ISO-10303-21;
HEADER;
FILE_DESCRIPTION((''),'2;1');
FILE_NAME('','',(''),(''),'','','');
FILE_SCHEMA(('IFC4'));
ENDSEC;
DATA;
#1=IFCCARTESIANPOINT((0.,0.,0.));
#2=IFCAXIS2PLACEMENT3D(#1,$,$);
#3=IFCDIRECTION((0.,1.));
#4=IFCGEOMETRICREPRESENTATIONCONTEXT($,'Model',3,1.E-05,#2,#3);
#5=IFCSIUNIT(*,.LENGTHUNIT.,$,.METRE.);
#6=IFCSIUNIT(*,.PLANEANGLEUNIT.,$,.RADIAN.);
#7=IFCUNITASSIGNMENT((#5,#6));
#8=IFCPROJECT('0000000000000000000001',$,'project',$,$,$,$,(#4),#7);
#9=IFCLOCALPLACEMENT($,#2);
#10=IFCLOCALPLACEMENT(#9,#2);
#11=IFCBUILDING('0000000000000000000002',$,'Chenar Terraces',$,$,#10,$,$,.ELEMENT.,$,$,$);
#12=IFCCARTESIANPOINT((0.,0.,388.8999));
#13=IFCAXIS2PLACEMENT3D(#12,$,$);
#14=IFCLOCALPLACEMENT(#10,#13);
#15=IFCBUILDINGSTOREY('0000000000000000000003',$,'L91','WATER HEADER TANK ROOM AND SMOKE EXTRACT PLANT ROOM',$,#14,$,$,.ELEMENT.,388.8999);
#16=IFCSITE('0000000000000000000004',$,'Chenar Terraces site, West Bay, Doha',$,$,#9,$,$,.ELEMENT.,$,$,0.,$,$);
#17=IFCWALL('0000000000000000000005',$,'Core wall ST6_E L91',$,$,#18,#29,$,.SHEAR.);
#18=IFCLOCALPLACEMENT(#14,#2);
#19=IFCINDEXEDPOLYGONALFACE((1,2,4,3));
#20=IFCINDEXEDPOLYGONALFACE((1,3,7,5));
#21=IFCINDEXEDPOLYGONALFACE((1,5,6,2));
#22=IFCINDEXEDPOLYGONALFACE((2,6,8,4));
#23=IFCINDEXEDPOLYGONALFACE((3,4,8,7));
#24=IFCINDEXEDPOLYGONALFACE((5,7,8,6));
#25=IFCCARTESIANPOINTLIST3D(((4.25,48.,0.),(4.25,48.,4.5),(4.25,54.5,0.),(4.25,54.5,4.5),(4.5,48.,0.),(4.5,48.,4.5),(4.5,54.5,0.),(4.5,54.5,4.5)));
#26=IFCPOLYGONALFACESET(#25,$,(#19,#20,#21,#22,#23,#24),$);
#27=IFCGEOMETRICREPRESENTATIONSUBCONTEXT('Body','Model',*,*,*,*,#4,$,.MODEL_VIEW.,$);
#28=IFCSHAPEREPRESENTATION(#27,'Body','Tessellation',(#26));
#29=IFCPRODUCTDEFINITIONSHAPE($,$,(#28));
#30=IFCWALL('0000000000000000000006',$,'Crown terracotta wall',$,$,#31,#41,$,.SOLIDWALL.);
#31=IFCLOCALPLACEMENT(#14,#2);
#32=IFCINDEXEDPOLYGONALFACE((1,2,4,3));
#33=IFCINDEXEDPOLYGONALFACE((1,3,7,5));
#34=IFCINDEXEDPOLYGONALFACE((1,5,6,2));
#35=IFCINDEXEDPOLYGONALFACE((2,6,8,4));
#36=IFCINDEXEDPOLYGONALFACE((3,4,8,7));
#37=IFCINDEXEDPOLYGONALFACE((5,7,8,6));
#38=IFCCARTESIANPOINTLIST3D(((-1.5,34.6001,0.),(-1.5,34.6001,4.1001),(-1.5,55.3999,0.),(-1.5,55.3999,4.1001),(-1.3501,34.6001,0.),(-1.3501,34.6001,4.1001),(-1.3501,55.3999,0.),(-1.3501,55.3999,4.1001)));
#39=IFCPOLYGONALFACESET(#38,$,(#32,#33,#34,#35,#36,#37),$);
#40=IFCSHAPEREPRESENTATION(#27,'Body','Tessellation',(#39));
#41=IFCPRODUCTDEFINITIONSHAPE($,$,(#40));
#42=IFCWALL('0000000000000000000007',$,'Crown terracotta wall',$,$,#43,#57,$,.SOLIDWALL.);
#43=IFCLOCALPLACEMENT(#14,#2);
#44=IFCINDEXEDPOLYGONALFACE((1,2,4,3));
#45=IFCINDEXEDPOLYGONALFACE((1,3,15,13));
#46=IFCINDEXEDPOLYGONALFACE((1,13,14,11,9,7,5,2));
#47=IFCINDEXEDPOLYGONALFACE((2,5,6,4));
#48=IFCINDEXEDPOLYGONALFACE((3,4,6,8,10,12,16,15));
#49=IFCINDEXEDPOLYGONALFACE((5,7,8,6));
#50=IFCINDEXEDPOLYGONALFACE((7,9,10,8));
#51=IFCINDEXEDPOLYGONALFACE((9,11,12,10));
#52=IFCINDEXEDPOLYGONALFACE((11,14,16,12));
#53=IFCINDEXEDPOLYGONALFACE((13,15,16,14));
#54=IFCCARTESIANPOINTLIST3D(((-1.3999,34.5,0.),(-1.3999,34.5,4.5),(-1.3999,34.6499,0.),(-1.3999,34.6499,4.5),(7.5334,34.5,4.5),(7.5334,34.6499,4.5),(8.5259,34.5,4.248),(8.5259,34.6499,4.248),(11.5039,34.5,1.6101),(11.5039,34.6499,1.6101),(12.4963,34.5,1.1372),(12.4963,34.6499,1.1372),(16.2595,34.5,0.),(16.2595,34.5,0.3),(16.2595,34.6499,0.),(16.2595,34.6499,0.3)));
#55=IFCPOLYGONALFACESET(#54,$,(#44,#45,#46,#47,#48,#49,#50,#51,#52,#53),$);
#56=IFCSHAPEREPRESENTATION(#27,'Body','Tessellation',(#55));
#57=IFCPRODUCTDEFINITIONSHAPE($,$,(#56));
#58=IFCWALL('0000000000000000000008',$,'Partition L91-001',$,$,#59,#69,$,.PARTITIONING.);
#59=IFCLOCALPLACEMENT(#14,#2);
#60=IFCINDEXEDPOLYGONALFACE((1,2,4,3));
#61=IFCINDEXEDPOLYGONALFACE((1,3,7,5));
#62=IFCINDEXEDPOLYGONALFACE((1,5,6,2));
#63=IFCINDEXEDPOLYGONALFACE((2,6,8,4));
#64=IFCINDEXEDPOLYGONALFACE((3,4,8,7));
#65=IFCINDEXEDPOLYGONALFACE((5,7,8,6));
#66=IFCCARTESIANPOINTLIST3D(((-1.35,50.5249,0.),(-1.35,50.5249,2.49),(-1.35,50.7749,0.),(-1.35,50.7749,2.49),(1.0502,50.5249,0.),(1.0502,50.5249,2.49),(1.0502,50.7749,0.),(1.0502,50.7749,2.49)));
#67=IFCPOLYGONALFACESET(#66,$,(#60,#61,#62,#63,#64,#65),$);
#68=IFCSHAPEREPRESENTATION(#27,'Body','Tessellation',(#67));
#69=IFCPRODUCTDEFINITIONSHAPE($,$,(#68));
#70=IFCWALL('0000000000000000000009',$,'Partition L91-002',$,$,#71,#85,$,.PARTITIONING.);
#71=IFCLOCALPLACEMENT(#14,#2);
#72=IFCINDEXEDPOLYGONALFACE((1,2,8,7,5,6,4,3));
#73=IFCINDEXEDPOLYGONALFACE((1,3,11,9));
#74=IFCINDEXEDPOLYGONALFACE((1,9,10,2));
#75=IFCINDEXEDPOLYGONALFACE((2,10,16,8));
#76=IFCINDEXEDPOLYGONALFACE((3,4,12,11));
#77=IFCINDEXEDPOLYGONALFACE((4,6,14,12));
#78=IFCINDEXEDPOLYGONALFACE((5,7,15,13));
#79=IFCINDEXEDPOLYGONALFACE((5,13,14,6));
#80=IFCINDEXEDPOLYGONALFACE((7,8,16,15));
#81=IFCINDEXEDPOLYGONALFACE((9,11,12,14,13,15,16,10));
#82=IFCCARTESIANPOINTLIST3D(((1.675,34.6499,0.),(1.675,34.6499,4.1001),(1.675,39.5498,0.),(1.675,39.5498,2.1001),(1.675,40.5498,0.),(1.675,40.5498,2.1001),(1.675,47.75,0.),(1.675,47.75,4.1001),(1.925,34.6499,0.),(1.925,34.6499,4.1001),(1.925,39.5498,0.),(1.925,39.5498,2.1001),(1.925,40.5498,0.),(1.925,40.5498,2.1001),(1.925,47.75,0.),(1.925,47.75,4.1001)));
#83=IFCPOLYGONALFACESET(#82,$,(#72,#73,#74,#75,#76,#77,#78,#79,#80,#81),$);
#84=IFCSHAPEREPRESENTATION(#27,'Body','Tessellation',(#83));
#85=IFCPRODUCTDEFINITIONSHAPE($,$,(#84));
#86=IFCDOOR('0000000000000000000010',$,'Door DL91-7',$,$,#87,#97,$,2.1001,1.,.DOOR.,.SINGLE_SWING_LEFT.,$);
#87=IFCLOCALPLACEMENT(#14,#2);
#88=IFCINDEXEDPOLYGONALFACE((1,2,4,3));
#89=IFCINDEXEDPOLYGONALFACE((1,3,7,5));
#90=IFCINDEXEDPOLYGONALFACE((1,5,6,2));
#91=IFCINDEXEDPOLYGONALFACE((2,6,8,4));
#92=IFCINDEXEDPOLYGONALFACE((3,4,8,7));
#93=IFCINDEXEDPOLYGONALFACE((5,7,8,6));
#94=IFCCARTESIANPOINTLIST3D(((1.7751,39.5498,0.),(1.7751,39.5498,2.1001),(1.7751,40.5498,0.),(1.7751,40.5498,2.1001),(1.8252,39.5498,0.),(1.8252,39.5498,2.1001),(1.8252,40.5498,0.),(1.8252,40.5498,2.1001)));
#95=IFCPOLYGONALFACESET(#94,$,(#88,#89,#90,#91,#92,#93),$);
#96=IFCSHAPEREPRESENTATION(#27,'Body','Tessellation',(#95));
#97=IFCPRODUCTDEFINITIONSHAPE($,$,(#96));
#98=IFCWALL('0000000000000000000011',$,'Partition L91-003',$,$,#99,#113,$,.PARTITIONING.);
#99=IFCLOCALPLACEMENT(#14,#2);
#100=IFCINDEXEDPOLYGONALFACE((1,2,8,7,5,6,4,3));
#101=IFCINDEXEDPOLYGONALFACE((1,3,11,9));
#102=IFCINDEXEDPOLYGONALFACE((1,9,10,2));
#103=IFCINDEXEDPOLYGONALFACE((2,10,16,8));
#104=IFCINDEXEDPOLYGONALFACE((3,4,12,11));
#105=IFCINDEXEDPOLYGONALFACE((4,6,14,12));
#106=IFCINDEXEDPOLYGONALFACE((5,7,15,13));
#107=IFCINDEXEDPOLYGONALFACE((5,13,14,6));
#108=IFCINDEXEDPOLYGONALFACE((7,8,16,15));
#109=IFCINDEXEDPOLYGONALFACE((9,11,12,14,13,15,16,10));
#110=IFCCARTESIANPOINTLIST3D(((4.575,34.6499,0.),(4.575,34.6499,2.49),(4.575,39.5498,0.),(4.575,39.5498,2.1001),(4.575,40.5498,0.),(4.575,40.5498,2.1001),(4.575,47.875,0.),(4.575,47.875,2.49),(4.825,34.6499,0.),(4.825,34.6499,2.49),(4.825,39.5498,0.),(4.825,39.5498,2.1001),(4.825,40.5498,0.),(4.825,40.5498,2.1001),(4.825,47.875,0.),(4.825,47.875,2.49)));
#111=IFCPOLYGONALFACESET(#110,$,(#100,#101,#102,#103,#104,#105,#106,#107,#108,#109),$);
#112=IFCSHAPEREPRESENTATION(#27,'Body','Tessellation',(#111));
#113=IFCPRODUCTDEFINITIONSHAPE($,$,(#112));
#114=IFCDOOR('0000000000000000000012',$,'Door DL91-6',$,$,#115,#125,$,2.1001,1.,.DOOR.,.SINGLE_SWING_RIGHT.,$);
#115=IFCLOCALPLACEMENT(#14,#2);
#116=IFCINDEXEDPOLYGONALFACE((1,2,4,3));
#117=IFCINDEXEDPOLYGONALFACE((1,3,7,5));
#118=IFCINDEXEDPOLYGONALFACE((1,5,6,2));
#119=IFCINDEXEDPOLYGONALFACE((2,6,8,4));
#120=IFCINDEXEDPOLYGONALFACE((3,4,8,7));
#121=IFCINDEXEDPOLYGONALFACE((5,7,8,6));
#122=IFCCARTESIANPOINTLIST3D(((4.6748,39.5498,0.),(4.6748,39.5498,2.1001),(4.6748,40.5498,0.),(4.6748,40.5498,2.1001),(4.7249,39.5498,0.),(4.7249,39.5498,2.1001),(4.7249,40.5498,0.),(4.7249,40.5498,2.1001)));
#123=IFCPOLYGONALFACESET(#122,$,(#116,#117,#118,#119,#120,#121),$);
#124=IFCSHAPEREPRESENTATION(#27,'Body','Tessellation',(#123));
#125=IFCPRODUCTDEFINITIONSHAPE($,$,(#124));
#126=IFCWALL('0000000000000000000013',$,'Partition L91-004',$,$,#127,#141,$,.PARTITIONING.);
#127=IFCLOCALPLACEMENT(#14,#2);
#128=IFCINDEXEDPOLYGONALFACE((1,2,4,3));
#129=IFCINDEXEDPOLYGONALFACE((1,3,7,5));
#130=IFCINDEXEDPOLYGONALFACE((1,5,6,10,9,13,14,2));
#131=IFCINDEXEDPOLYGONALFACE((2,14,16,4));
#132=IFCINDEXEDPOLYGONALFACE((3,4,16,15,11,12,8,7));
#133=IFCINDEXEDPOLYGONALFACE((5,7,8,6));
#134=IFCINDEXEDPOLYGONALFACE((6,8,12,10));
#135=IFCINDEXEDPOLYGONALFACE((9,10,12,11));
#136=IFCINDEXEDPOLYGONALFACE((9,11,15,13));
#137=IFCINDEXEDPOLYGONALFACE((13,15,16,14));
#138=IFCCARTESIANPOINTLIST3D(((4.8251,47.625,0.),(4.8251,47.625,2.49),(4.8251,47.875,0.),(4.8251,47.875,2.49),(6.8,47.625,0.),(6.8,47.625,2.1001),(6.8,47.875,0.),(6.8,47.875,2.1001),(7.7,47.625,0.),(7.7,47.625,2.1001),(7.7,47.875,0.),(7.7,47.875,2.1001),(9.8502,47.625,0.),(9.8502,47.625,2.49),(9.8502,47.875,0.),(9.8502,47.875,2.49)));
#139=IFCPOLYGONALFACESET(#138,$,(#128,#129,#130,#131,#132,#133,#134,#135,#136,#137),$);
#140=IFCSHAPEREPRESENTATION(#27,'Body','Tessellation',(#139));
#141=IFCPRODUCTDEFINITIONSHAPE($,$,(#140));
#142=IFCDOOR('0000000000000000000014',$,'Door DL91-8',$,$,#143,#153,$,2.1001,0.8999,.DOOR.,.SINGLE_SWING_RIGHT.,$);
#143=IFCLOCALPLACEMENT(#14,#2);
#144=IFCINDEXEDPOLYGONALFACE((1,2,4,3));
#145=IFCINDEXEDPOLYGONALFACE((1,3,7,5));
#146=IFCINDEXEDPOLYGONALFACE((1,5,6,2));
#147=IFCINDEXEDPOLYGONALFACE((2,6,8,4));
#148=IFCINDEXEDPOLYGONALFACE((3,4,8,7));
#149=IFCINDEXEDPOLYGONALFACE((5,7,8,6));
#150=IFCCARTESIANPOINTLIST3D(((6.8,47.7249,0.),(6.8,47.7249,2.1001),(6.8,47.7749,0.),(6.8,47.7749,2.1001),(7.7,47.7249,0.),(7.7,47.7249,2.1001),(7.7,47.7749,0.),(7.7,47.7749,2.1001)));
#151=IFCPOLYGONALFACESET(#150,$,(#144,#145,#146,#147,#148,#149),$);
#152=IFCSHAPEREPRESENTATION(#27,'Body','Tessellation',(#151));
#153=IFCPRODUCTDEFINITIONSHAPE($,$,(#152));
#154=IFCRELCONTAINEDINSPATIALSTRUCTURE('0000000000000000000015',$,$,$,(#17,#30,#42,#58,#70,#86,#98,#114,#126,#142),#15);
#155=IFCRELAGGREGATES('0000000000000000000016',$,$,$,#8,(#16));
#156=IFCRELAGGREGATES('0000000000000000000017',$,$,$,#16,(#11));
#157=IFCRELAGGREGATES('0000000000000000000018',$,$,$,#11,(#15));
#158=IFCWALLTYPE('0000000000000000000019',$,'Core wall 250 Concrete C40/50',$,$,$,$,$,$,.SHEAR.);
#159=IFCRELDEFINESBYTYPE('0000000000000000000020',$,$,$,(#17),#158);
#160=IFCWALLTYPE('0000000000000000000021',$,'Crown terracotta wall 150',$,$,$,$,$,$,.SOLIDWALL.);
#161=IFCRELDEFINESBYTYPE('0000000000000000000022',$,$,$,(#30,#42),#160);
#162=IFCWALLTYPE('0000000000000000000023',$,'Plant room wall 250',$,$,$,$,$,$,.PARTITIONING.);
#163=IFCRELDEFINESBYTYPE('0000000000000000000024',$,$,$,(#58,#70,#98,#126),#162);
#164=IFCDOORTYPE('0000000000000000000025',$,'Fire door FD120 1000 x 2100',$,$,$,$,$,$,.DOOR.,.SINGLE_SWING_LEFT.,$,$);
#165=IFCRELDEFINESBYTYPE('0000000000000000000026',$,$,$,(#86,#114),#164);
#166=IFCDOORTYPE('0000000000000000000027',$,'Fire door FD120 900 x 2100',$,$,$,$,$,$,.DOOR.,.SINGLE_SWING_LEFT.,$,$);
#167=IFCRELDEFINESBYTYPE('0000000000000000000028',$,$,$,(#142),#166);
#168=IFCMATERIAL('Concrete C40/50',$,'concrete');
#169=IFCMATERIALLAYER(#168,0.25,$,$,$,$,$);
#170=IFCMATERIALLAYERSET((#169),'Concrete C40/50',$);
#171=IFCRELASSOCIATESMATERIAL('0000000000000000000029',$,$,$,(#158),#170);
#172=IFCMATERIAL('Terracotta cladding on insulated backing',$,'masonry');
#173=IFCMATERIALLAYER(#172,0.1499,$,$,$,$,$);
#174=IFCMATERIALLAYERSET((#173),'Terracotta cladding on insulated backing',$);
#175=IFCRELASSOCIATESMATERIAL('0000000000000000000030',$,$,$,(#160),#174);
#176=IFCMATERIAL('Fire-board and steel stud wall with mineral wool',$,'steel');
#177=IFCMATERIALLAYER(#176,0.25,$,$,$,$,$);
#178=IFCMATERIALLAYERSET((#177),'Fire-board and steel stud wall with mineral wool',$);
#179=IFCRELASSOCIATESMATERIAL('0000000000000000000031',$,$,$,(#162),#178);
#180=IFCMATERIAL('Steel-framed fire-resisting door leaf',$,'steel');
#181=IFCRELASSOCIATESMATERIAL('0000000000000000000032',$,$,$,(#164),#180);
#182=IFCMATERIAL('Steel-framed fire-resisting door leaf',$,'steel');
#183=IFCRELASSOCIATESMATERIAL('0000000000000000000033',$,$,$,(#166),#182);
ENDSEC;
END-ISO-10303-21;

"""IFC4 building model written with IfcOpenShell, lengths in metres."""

from ifc_helpers import new_model, si_unit, direction, frame, frame_2d, origin, place, context, subcontext, project, spatial, polyline, rectangle, outline, extrude, material, layer, layer_set, type_object, element, fill, save


model = new_model("IFC4")

# Units and contexts
model_context = context("Model", 3, precision=1e-05, world=origin(), true_north=direction((0.0, 1.0)))
body_context = subcontext(model_context, "Body", "Model", "MODEL_VIEW")
ifc_project = project(units=[si_unit("LENGTHUNIT", "METRE"), si_unit("PLANEANGLEUNIT", "RADIAN")], contexts=[model_context])

# Site, building, storey
site_placement = place(None, origin())
site = spatial("IfcSite", under=ifc_project, at=site_placement, Name="Chenar Terraces site, West Bay, Doha", CompositionType="ELEMENT", RefElevation=0.0)
building_placement = place(site_placement, origin())
building = spatial("IfcBuilding", under=site, at=building_placement, Name="Chenar Terraces", CompositionType="ELEMENT")
storey_placement = place(building_placement, frame((0.0, 0.0, 388.8999)))
storey = spatial("IfcBuildingStorey", under=building, at=storey_placement, Name="L91", Description="WATER HEADER TANK ROOM AND SMOKE EXTRACT PLANT ROOM", CompositionType="ELEMENT", Elevation=388.8999)

# Shared definitions
ifc_material_1 = material(Name="Concrete C40/50", Category="concrete")
ifc_layer_1 = layer(ifc_material_1, 0.25)
ifc_layer_set_1 = layer_set([ifc_layer_1], Name="Concrete C40/50")
wall_type_1 = type_object("IfcWallType", Name="Core wall 250 Concrete C40/50", PredefinedType="SHEAR", material=ifc_layer_set_1)

# Walls
for number, where, z_axis, x_axis, name in (
    (1, (4.375, 48.0, 0.0), (0.0, 0.0, 1.0), (0.0, 1.0, 0.0), "Core wall ST6_E L91"),
):
    element("IfcWall", number, at=place(storey_placement, frame(where, z_axis=z_axis, x_axis=x_axis)), inside=storey, type_object=wall_type_1, Name=name, PredefinedType="SHEAR", context=body_context, shape_type="SweptSolid", body=[
        extrude(rectangle(XDim=6.5, YDim=0.25, at=frame_2d((3.25, 0.0))), origin(), (0.0, 0.0, 1.0), 4.5),
    ])
ifc_material_2 = material(Name="Terracotta cladding on insulated backing", Category="masonry")
ifc_layer_2 = layer(ifc_material_2, 0.1499)
ifc_layer_set_2 = layer_set([ifc_layer_2], Name="Terracotta cladding on insulated backing")
wall_type_2 = type_object("IfcWallType", Name="Crown terracotta wall 150", PredefinedType="SOLIDWALL", material=ifc_layer_set_2)
wall_1_placement = place(storey_placement, frame((-1.425, 55.3999, 0.0), z_axis=(0.0, 0.0, 1.0), x_axis=(0.0, -1.0, 0.0)))
element("IfcWall", 2, at=wall_1_placement, inside=storey, type_object=wall_type_2, Name="Crown terracotta wall", PredefinedType="SOLIDWALL", context=body_context, shape_type="SweptSolid", body=[
    extrude(rectangle(XDim=20.7998, YDim=0.1499, at=frame_2d((10.3999, 0.0))), origin(), (0.0, 0.0, 1.0), 4.1001),
])
wall_2_placement = place(storey_placement, frame((-1.3999, 34.575, 0.0), z_axis=(0.0, 0.0, 1.0), x_axis=(1.0, 0.0, 0.0)))
element("IfcWall", 3, at=wall_2_placement, inside=storey, type_object=wall_type_2, Name="Crown terracotta wall", PredefinedType="SOLIDWALL", context=body_context, shape_type="SweptSolid", body=[
    extrude(outline(polyline([(0.0, 0.0), (17.6594, 0.0), (17.6594, 0.3), (13.8962, 1.1372), (12.9038, 1.6101), (9.9258, 4.248), (8.9333, 4.5), (0.0, 4.5), (0.0, 0.0)])), frame((0.0, 0.075, 0.0), z_axis=(0.0, -1.0, 0.0), x_axis=(1.0, 0.0, 0.0)), (0.0, 0.0, 1.0), 0.1499),
])
ifc_material_3 = material(Name="Fire-board and steel stud wall with mineral wool", Category="steel")
ifc_layer_3 = layer(ifc_material_3, 0.25)
ifc_layer_set_3 = layer_set([ifc_layer_3], Name="Fire-board and steel stud wall with mineral wool")
wall_type_3 = type_object("IfcWallType", Name="Plant room wall 250", PredefinedType="PARTITIONING", material=ifc_layer_set_3)
wall_3_placement = place(storey_placement, frame((-1.3501, 50.6499, 0.0), z_axis=(0.0, 0.0, 1.0), x_axis=(1.0, 0.0, 0.0)))
element("IfcWall", 4, at=wall_3_placement, inside=storey, type_object=wall_type_3, Name="Partition L91-001", PredefinedType="PARTITIONING", context=body_context, shape_type="SweptSolid", body=[
    extrude(rectangle(XDim=2.4001, YDim=0.25, at=frame_2d((1.2002, 0.0))), origin(), (0.0, 0.0, 1.0), 2.49),
])

# Walls, openings, doors
wall_4_placement = place(storey_placement, frame((1.8, 34.6499, 0.0), z_axis=(0.0, 0.0, 1.0), x_axis=(0.0, 1.0, 0.0)))
wall_4 = element("IfcWall", 5, at=wall_4_placement, inside=storey, type_object=wall_type_3, Name="Partition L91-002", PredefinedType="PARTITIONING", context=body_context, shape_type="SweptSolid", body=[
    extrude(rectangle(XDim=13.1001, YDim=0.25, at=frame_2d((6.55, 0.0))), origin(), (0.0, 0.0, 1.0), 4.1001),
])
opening_1_placement = place(wall_4_placement, frame((4.8999, 0.0, 0.0)))
opening_1 = element("IfcOpeningElement", 6, at=opening_1_placement, cuts=wall_4, PredefinedType="OPENING", context=body_context, shape_type="SweptSolid", body=[
    extrude(rectangle(XDim=1.0, YDim=2.1001, at=frame_2d((0.5, 1.05))), frame((0.0, 0.135, 0.0), z_axis=(0.0, -1.0, 0.0), x_axis=(1.0, 0.0, 0.0)), (0.0, 0.0, 1.0), 0.27),
])
ifc_material_4 = material(Name="Steel-framed fire-resisting door leaf", Category="steel")
door_type_1 = type_object("IfcDoorType", Name="Fire door FD120 1000 x 2100", OperationType="SINGLE_SWING_LEFT", PredefinedType="DOOR", material=ifc_material_4)
door_1_placement = place(opening_1_placement, origin())
door_1 = element("IfcDoor", 7, at=door_1_placement, inside=storey, type_object=door_type_1, Name="Door DL91-7", OperationType="SINGLE_SWING_LEFT", OverallHeight=2.1001, OverallWidth=1.0, PredefinedType="DOOR", context=body_context, shape_type="SweptSolid", body=[
    extrude(rectangle(XDim=1.0, YDim=2.1001, at=frame_2d((0.5, 1.05))), frame((0.0, 0.0249, 0.0), z_axis=(0.0, -1.0, 0.0), x_axis=(1.0, 0.0, 0.0)), (0.0, 0.0, 1.0), 0.05),
])
fill(opening_1, door_1)
wall_5_placement = place(storey_placement, frame((4.7, 34.6499, 0.0), z_axis=(0.0, 0.0, 1.0), x_axis=(0.0, 1.0, 0.0)))
wall_5 = element("IfcWall", 8, at=wall_5_placement, inside=storey, type_object=wall_type_3, Name="Partition L91-003", PredefinedType="PARTITIONING", context=body_context, shape_type="SweptSolid", body=[
    extrude(rectangle(XDim=13.2251, YDim=0.25, at=frame_2d((6.6125, 0.0))), origin(), (0.0, 0.0, 1.0), 2.49),
])
opening_2_placement = place(wall_5_placement, frame((4.8999, 0.0, 0.0)))
opening_2 = element("IfcOpeningElement", 9, at=opening_2_placement, cuts=wall_5, PredefinedType="OPENING", context=body_context, shape_type="SweptSolid", body=[
    extrude(rectangle(XDim=1.0, YDim=2.1001, at=frame_2d((0.5, 1.05))), frame((0.0, 0.135, 0.0), z_axis=(0.0, -1.0, 0.0), x_axis=(1.0, 0.0, 0.0)), (0.0, 0.0, 1.0), 0.27),
])
door_2_placement = place(opening_2_placement, frame((1.0, 0.0, 0.0), z_axis=(0.0, 0.0, 1.0), x_axis=(-1.0, 0.0, 0.0)))
door_2 = element("IfcDoor", 10, at=door_2_placement, inside=storey, type_object=door_type_1, Name="Door DL91-6", OperationType="SINGLE_SWING_RIGHT", OverallHeight=2.1001, OverallWidth=1.0, PredefinedType="DOOR", context=body_context, shape_type="SweptSolid", body=[
    extrude(rectangle(XDim=1.0, YDim=2.1001, at=frame_2d((0.5, 1.05))), frame((0.0, 0.0249, 0.0), z_axis=(0.0, -1.0, 0.0), x_axis=(1.0, 0.0, 0.0)), (0.0, 0.0, 1.0), 0.05),
])
fill(opening_2, door_2)
wall_6_placement = place(storey_placement, frame((4.825, 47.75, 0.0), z_axis=(0.0, 0.0, 1.0), x_axis=(1.0, 0.0, 0.0)))
wall_6 = element("IfcWall", 11, at=wall_6_placement, inside=storey, type_object=wall_type_3, Name="Partition L91-004", PredefinedType="PARTITIONING", context=body_context, shape_type="SweptSolid", body=[
    extrude(rectangle(XDim=5.0251, YDim=0.25, at=frame_2d((2.5127, 0.0))), origin(), (0.0, 0.0, 1.0), 2.49),
])
opening_3_placement = place(wall_6_placement, frame((1.9751, 0.0, 0.0)))
opening_3 = element("IfcOpeningElement", 12, at=opening_3_placement, cuts=wall_6, PredefinedType="OPENING", context=body_context, shape_type="SweptSolid", body=[
    extrude(rectangle(XDim=0.8999, YDim=2.1001, at=frame_2d((0.45, 1.05))), frame((0.0, 0.135, 0.0), z_axis=(0.0, -1.0, 0.0), x_axis=(1.0, 0.0, 0.0)), (0.0, 0.0, 1.0), 0.27),
])
ifc_material_5 = material(Name="Steel-framed fire-resisting door leaf", Category="steel")
door_type_2 = type_object("IfcDoorType", Name="Fire door FD120 900 x 2100", OperationType="SINGLE_SWING_LEFT", PredefinedType="DOOR", material=ifc_material_5)
door_3_placement = place(opening_3_placement, origin())
door_3 = element("IfcDoor", 13, at=door_3_placement, inside=storey, type_object=door_type_2, Name="Door DL91-8", OperationType="SINGLE_SWING_RIGHT", OverallHeight=2.1001, OverallWidth=0.8999, PredefinedType="DOOR", context=body_context, shape_type="SweptSolid", body=[
    extrude(rectangle(XDim=0.8999, YDim=2.1001, at=frame_2d((0.45, 1.05))), frame((0.0, 0.0249, 0.0), z_axis=(0.0, -1.0, 0.0), x_axis=(1.0, 0.0, 0.0)), (0.0, 0.0, 1.0), 0.05),
])
fill(opening_3, door_3)

save(model, "model.ifc")
